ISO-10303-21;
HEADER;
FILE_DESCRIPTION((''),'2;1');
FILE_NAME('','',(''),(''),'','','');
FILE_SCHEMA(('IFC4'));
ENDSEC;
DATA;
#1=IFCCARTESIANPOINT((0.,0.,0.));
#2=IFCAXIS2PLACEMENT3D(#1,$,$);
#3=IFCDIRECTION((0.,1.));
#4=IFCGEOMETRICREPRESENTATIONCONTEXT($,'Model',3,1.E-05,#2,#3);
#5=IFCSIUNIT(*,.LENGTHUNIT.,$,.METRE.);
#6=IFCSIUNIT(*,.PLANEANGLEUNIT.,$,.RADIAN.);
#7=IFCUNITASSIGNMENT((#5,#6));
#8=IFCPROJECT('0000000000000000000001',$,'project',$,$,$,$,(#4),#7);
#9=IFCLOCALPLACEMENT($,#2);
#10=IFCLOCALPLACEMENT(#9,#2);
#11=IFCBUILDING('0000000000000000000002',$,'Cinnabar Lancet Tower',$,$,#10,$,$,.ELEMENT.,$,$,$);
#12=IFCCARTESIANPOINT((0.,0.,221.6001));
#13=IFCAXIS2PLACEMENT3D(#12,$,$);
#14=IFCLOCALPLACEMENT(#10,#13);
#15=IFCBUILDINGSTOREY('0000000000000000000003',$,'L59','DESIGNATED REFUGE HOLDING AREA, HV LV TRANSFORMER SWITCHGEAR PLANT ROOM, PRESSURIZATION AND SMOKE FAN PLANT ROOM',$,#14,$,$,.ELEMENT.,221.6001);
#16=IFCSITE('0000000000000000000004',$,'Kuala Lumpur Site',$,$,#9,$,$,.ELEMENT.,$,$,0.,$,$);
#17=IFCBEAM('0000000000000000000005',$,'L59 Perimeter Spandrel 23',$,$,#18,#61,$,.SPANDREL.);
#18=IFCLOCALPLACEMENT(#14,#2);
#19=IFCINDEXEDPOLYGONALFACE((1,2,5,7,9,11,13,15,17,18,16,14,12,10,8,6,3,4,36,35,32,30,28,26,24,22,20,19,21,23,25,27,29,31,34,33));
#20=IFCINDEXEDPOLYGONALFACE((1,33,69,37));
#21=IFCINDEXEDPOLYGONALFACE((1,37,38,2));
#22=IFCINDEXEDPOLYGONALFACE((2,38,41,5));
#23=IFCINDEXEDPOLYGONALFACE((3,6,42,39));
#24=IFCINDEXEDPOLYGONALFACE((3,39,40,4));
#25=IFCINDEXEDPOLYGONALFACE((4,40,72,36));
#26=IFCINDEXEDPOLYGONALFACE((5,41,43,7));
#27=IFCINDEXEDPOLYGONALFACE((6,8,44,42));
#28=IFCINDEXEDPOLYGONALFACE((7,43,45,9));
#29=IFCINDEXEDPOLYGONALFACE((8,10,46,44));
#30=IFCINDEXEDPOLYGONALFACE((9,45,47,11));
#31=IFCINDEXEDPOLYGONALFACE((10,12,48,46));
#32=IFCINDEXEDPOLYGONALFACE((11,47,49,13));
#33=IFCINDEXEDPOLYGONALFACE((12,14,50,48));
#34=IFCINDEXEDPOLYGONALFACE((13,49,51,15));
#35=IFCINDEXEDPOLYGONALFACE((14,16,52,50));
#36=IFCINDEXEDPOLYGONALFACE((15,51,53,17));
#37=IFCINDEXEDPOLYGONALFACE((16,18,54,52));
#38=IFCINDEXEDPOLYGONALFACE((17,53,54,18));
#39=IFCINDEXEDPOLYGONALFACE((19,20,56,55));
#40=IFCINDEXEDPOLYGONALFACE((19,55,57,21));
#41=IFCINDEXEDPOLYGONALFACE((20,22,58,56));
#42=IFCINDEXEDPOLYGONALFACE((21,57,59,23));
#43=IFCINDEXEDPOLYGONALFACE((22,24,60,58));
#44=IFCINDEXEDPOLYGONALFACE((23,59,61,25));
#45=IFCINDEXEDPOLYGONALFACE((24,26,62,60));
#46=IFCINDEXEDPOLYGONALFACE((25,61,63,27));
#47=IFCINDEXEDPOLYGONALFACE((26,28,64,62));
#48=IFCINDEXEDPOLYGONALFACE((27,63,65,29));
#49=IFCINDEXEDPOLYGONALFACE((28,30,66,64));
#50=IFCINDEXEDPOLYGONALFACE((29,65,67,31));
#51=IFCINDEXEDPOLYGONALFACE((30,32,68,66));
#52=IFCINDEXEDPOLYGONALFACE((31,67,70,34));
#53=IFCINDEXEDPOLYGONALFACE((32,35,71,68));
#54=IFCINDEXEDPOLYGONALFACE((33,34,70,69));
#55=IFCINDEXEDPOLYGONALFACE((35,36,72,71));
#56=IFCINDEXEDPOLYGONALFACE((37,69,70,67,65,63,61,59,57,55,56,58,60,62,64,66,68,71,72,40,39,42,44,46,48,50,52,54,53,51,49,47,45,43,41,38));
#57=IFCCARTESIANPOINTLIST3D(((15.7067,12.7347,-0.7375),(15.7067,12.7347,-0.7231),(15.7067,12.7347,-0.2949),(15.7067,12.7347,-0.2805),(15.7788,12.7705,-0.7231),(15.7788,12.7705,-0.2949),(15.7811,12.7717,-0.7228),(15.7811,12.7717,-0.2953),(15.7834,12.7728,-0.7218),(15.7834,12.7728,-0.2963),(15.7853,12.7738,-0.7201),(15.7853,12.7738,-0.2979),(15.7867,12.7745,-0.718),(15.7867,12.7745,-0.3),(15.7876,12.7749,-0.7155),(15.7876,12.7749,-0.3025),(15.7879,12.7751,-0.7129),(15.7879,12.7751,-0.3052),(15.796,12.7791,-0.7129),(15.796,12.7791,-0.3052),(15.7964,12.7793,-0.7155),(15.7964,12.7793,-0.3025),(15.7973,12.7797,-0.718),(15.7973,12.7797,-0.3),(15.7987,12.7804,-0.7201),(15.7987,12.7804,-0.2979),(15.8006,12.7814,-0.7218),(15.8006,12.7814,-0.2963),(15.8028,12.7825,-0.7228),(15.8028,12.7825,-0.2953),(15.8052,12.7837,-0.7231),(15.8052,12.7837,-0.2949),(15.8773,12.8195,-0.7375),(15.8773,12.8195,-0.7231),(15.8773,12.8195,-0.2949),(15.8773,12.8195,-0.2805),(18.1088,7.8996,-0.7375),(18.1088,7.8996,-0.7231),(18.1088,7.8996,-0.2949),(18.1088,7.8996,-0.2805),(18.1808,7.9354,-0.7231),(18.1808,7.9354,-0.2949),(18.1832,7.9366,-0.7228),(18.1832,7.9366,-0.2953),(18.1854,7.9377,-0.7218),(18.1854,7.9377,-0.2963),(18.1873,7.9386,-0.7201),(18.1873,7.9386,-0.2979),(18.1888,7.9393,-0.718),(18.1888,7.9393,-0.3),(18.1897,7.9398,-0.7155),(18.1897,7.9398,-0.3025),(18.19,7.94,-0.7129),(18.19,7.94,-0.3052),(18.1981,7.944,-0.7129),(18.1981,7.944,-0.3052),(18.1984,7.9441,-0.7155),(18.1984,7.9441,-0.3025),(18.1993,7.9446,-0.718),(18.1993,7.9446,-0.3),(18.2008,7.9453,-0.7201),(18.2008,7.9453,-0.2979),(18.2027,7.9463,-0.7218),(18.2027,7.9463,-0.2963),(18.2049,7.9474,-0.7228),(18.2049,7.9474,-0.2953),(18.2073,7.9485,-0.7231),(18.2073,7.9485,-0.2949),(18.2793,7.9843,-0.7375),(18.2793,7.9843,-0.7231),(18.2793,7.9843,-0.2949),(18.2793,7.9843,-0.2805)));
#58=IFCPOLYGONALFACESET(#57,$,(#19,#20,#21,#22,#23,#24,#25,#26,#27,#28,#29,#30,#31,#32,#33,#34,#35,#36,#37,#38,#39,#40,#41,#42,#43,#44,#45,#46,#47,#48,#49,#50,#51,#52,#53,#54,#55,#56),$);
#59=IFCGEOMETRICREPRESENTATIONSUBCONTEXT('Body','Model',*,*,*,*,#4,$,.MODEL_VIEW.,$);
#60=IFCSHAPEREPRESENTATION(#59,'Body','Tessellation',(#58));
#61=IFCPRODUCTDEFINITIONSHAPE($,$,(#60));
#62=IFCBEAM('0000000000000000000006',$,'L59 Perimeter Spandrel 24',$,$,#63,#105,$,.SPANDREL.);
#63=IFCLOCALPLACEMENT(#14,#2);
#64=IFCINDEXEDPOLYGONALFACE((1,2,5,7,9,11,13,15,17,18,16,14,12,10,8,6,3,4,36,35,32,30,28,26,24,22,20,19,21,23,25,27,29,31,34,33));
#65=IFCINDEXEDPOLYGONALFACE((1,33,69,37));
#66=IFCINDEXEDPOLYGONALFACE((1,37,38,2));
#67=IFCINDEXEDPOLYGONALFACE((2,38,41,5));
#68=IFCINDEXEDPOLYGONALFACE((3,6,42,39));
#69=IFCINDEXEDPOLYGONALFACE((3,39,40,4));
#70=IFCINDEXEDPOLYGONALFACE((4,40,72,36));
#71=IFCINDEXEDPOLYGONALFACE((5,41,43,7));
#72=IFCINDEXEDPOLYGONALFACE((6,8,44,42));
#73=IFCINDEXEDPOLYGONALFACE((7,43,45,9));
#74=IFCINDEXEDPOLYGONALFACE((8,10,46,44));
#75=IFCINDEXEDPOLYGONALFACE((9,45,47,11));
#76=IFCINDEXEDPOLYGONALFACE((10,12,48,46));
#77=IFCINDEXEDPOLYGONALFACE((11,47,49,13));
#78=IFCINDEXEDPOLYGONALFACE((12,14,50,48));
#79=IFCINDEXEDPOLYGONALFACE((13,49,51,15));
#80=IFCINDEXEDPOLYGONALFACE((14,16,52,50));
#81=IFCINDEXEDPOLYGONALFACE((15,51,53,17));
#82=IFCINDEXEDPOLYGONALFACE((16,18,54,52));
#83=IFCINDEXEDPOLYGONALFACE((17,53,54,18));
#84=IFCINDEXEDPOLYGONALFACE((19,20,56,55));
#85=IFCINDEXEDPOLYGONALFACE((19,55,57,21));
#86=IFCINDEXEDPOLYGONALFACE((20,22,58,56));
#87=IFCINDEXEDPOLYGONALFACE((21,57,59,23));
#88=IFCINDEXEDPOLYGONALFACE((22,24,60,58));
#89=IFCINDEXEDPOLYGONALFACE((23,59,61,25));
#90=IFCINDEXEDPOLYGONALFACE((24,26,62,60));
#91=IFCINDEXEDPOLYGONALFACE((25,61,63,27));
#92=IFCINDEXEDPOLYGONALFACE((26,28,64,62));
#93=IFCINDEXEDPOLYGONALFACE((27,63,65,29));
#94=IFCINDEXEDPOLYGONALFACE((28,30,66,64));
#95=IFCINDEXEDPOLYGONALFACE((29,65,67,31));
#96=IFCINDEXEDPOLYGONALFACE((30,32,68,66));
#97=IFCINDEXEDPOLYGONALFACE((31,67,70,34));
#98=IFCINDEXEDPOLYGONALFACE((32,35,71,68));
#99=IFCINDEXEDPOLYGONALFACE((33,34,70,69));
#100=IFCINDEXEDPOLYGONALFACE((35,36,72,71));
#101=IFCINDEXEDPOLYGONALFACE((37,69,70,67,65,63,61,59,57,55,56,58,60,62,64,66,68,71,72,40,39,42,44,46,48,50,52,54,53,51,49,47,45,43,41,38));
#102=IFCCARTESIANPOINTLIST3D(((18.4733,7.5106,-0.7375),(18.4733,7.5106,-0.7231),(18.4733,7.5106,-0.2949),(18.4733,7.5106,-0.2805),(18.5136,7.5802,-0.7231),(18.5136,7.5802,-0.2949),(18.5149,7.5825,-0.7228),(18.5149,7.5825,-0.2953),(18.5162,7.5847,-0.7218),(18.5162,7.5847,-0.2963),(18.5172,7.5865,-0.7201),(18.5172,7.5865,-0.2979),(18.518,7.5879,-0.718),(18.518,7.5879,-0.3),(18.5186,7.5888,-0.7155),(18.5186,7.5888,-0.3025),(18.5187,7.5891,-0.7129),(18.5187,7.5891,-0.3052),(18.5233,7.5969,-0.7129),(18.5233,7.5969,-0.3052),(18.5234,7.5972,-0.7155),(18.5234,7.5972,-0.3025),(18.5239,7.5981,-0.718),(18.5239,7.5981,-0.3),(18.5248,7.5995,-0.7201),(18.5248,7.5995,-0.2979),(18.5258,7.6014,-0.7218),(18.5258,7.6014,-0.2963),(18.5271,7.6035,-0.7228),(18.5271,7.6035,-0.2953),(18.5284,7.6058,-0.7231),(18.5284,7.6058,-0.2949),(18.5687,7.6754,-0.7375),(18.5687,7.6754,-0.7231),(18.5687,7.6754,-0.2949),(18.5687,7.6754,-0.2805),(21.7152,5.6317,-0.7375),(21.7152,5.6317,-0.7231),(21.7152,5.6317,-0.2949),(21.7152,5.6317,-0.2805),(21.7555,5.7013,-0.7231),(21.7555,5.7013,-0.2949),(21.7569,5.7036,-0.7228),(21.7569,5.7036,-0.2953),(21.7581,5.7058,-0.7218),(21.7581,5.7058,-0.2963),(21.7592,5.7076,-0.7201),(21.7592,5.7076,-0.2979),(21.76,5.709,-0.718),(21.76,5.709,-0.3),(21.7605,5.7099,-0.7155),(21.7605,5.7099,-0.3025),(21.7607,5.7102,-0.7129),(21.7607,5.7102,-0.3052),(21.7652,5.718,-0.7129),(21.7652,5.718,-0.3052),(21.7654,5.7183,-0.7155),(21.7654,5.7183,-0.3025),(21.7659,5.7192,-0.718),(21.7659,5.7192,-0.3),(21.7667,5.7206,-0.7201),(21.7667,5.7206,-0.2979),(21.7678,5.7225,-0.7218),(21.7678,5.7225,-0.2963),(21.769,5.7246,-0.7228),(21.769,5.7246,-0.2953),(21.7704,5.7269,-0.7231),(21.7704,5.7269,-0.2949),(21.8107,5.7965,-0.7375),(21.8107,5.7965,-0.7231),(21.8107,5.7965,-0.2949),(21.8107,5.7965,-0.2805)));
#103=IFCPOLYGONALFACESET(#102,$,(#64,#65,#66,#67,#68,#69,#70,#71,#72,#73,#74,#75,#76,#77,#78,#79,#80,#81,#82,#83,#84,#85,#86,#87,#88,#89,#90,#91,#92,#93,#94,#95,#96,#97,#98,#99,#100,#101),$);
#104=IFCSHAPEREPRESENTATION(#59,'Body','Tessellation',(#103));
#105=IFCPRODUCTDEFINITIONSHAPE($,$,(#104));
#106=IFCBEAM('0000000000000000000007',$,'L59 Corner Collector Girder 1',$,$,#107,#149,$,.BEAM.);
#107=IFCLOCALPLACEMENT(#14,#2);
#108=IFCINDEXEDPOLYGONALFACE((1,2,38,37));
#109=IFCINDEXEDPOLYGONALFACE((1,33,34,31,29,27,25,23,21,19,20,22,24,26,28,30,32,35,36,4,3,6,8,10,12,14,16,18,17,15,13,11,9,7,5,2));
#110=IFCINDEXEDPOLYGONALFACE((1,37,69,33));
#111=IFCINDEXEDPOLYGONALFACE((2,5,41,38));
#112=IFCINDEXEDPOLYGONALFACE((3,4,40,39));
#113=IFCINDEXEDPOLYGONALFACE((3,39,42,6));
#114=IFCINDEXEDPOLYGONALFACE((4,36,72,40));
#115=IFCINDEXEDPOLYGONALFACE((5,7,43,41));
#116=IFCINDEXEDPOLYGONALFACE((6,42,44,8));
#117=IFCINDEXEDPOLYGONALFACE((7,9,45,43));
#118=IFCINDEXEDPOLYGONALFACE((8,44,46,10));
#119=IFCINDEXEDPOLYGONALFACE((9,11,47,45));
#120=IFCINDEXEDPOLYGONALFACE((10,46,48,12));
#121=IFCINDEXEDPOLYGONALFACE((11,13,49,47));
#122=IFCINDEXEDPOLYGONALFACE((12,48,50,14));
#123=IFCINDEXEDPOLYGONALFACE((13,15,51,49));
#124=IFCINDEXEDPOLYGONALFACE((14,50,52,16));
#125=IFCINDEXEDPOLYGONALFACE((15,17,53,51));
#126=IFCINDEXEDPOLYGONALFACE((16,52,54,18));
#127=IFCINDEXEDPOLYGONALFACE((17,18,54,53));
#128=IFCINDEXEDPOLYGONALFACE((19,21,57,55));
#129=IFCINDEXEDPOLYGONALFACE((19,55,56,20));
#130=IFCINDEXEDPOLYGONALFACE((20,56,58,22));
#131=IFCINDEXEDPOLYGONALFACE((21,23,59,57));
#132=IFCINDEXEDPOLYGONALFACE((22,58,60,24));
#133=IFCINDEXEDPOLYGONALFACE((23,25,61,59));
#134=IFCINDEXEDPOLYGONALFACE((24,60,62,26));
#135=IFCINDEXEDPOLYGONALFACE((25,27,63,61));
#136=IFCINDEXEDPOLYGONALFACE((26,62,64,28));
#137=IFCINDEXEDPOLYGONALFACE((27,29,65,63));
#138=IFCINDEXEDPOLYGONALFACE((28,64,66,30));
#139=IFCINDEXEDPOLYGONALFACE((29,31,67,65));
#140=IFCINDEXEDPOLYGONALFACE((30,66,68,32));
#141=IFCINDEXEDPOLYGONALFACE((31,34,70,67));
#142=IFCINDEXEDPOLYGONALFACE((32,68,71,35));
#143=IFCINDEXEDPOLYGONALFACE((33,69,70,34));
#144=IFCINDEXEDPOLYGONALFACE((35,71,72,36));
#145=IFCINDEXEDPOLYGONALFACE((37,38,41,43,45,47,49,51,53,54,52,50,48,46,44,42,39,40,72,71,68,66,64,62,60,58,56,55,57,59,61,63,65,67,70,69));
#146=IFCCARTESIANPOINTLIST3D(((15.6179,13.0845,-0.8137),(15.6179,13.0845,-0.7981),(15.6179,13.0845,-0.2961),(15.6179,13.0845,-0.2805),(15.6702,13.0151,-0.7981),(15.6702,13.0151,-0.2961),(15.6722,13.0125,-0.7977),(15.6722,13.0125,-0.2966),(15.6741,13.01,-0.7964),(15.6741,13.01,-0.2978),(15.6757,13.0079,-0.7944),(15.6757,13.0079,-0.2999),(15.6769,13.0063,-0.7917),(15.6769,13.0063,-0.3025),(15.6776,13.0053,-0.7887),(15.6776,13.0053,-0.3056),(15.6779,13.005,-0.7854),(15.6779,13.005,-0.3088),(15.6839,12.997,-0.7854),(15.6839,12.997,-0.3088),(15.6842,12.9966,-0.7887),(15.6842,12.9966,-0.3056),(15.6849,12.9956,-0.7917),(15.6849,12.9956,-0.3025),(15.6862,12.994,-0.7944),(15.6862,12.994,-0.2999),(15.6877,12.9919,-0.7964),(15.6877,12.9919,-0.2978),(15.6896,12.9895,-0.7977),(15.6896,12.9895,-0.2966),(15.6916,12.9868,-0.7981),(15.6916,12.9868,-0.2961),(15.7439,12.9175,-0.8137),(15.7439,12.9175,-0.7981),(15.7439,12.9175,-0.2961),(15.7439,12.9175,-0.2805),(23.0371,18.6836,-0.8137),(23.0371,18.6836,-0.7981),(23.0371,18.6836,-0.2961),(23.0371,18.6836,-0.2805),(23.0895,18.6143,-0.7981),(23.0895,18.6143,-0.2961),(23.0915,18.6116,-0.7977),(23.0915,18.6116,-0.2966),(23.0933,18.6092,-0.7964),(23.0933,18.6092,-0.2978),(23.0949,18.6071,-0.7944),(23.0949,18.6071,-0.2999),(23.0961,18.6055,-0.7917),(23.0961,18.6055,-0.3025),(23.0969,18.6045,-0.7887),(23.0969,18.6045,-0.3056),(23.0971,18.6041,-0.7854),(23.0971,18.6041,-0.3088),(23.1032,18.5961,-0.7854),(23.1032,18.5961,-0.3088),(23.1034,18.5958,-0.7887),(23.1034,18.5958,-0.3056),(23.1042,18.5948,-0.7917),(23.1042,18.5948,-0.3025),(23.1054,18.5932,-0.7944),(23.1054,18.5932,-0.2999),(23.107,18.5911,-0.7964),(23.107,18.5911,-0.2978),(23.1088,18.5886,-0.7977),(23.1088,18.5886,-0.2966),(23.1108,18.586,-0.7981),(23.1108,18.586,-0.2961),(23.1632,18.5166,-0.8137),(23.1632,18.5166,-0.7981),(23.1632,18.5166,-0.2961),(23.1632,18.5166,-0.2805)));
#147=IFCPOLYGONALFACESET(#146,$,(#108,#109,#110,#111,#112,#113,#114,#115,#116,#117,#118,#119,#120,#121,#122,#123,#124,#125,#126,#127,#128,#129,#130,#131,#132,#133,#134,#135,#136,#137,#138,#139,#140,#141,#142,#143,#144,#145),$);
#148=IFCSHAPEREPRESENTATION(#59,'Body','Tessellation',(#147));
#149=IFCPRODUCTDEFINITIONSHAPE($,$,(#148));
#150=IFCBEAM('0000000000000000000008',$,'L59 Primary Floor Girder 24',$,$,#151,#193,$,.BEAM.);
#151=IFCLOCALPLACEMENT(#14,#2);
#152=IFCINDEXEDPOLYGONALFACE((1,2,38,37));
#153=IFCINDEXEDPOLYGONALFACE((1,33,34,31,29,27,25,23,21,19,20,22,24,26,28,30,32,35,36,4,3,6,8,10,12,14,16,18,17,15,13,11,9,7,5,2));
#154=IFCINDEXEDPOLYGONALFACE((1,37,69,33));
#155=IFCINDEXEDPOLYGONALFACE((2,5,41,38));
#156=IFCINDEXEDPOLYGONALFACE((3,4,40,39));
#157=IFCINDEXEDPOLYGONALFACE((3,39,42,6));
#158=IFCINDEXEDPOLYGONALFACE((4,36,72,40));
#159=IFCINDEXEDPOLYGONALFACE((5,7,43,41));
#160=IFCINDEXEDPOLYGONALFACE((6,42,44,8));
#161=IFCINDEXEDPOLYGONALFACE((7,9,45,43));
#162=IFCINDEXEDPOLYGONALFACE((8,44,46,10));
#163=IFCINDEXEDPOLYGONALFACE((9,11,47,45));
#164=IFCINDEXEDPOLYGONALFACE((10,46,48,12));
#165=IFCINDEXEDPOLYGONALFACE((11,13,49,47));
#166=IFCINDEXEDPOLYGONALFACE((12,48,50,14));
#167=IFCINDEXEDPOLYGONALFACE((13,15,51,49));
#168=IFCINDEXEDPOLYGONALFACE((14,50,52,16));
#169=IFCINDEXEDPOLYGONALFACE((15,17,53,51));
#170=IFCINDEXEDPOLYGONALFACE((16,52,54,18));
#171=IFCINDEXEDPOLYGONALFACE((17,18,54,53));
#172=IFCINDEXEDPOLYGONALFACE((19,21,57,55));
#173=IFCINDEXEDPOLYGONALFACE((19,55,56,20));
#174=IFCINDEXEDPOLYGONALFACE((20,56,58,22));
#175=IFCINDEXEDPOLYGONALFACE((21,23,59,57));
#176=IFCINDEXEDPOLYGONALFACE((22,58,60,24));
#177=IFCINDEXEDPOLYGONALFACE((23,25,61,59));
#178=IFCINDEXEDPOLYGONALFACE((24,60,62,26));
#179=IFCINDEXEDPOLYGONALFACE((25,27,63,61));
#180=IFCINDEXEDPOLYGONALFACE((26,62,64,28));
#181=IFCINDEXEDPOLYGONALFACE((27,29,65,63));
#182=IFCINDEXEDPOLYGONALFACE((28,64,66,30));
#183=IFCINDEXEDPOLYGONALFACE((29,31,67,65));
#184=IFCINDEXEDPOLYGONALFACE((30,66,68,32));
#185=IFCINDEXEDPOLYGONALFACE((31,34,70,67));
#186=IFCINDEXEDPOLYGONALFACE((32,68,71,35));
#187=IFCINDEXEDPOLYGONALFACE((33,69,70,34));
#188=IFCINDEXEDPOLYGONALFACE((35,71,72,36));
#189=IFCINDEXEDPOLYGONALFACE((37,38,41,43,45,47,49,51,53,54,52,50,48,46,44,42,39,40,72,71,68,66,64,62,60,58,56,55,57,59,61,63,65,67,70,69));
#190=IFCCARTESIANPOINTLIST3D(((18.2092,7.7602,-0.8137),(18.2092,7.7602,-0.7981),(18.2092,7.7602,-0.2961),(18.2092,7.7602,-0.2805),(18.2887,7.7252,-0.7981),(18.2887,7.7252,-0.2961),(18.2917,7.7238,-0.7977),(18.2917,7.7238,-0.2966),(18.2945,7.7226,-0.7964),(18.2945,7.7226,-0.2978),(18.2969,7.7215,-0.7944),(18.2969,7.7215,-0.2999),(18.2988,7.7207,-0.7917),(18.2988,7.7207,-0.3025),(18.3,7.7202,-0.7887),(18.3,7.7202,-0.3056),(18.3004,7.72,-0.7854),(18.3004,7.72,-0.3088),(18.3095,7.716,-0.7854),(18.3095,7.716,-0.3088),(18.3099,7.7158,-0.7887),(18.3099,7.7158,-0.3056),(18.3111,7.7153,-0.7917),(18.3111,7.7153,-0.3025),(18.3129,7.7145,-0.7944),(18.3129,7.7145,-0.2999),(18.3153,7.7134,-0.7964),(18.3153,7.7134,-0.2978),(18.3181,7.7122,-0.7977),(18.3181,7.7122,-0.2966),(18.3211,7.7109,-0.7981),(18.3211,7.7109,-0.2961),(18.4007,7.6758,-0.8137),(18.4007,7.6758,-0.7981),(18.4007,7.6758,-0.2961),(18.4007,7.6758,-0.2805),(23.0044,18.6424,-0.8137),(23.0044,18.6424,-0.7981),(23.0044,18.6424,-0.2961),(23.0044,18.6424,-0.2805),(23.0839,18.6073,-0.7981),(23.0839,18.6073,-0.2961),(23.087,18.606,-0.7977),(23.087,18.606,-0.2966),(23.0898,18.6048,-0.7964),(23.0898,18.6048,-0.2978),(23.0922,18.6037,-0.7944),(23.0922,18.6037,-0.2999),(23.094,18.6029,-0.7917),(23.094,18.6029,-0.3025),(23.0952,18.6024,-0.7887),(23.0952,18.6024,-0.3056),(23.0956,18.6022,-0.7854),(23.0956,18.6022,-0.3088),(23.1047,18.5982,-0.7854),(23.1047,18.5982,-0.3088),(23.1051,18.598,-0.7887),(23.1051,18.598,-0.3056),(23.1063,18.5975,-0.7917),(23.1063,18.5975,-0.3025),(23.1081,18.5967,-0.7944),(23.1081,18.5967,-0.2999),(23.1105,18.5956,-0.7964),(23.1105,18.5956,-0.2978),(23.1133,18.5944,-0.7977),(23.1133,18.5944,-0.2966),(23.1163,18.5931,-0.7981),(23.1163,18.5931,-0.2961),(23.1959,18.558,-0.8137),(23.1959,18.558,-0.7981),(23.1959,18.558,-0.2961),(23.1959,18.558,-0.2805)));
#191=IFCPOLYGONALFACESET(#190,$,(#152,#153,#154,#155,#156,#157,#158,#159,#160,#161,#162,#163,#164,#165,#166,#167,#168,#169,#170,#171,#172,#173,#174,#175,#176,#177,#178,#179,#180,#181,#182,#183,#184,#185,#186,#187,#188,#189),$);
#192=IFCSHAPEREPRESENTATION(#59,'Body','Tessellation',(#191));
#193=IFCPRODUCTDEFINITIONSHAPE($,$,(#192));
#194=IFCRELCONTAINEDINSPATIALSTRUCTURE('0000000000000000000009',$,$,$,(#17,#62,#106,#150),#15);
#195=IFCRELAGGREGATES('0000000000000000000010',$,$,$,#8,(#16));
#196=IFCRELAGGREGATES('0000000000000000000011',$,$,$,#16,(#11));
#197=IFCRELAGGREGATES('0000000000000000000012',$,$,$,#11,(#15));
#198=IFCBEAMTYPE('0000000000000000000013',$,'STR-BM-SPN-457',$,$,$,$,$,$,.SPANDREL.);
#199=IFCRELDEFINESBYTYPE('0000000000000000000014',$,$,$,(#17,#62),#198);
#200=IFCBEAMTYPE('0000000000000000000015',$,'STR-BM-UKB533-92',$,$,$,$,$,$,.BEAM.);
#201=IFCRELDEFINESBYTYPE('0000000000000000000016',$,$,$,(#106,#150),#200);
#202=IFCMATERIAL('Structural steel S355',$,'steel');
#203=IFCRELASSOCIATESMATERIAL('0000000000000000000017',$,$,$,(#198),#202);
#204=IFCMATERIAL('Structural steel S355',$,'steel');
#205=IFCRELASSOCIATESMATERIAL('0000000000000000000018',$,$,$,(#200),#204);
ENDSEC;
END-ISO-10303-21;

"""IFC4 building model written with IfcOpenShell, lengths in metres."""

from ifc_helpers import new_model, si_unit, direction, frame, origin, origin_2d, place, context, subcontext, project, spatial, i_section, extrude, material, material_profile, profile_set, type_object, element, save


model = new_model("IFC4")

# Units and contexts
model_context = context("Model", 3, precision=1e-05, world=origin(), true_north=direction((0.0, 1.0)))
body_context = subcontext(model_context, "Body", "Model", "MODEL_VIEW")
ifc_project = project(units=[si_unit("LENGTHUNIT", "METRE"), si_unit("PLANEANGLEUNIT", "RADIAN")], contexts=[model_context])

# Site, building, storey
site_placement = place(None, origin())
site = spatial("IfcSite", under=ifc_project, at=site_placement, Name="Kuala Lumpur Site", CompositionType="ELEMENT", RefElevation=0.0)
building_placement = place(site_placement, origin())
building = spatial("IfcBuilding", under=site, at=building_placement, Name="Cinnabar Lancet Tower", CompositionType="ELEMENT")
storey_placement = place(building_placement, frame((0.0, 0.0, 221.6001)))
storey = spatial("IfcBuildingStorey", under=building, at=storey_placement, Name="L59", Description="DESIGNATED REFUGE HOLDING AREA, HV LV TRANSFORMER SWITCHGEAR PLANT ROOM, PRESSURIZATION AND SMOKE FAN PLANT ROOM", CompositionType="ELEMENT", Elevation=221.6001)

# Beams
ifc_material_1 = material(Name="Structural steel S355", Category="steel")
ifc_material_profile_1 = material_profile(ifc_material_1, i_section(OverallWidth=0.1904, OverallDepth=0.457, WebThickness=0.009, FlangeThickness=0.0144, FilletRadius=0.0103, at=origin_2d()), Name="UKB 457x191x74")
ifc_profile_set_1 = profile_set([ifc_material_profile_1], Name="Structural steel S355")
beam_type_1 = type_object("IfcBeamType", Name="STR-BM-SPN-457", PredefinedType="SPANDREL", material=ifc_profile_set_1)
beam_1_placement = place(storey_placement, frame((15.792, 12.7771, -0.509), z_axis=(0.444915, -0.895573, 0.0), x_axis=(0.895573, 0.444915, 0.0)))
element("IfcBeam", 1, at=beam_1_placement, inside=storey, type_object=beam_type_1, Name="L59 Perimeter Spandrel 23", PredefinedType="SPANDREL", context=body_context, shape_type="SweptSolid", body=[
    extrude(i_section(OverallWidth=0.1904, OverallDepth=0.457, WebThickness=0.009, FlangeThickness=0.0144, FilletRadius=0.0103, at=origin_2d()), origin(), (0.0, 0.0, 1.0), 5.3989),
])
beam_2_placement = place(storey_placement, frame((18.521, 7.593, -0.509), z_axis=(0.865196, -0.501434, 0.0), x_axis=(0.501434, 0.865196, 0.0)))
element("IfcBeam", 2, at=beam_2_placement, inside=storey, type_object=beam_type_1, Name="L59 Perimeter Spandrel 24", PredefinedType="SPANDREL", context=body_context, shape_type="SweptSolid", body=[
    extrude(i_section(OverallWidth=0.1904, OverallDepth=0.457, WebThickness=0.009, FlangeThickness=0.0144, FilletRadius=0.0103, at=origin_2d()), origin(), (0.0, 0.0, 1.0), 3.7471),
])
ifc_material_2 = material(Name="Structural steel S355", Category="steel")
ifc_material_profile_2 = material_profile(ifc_material_2, i_section(OverallWidth=0.2092, OverallDepth=0.5332, WebThickness=0.01, FlangeThickness=0.0156, FilletRadius=0.0127, at=origin_2d()), Name="UKB 533x210x92")
ifc_profile_set_2 = profile_set([ifc_material_profile_2], Name="Structural steel S355")
beam_type_2 = type_object("IfcBeamType", Name="STR-BM-UKB533-92", PredefinedType="BEAM", material=ifc_profile_set_2)
beam_3_placement = place(storey_placement, frame((15.6809, 13.001, -0.5471), z_axis=(0.798203, 0.602389, 0.0), x_axis=(-0.602389, 0.798203, 0.0)))
element("IfcBeam", 3, at=beam_3_placement, inside=storey, type_object=beam_type_2, Name="L59 Corner Collector Girder 1", PredefinedType="BEAM", context=body_context, shape_type="SweptSolid", body=[
    extrude(i_section(OverallWidth=0.2092, OverallDepth=0.5332, WebThickness=0.01, FlangeThickness=0.0156, FilletRadius=0.0127, at=origin_2d()), origin(), (0.0, 0.0, 1.0), 9.2949),
])
beam_4_placement = place(storey_placement, frame((18.3049, 7.718, -0.5471), z_axis=(0.403235, 0.915096, 0.0), x_axis=(-0.915096, 0.403235, 0.0)))
element("IfcBeam", 4, at=beam_4_placement, inside=storey, type_object=beam_type_2, Name="L59 Primary Floor Girder 24", PredefinedType="BEAM", context=body_context, shape_type="SweptSolid", body=[
    extrude(i_section(OverallWidth=0.2092, OverallDepth=0.5332, WebThickness=0.01, FlangeThickness=0.0156, FilletRadius=0.0127, at=origin_2d()), origin(), (0.0, 0.0, 1.0), 11.8918),
])

save(model, "model.ifc")
